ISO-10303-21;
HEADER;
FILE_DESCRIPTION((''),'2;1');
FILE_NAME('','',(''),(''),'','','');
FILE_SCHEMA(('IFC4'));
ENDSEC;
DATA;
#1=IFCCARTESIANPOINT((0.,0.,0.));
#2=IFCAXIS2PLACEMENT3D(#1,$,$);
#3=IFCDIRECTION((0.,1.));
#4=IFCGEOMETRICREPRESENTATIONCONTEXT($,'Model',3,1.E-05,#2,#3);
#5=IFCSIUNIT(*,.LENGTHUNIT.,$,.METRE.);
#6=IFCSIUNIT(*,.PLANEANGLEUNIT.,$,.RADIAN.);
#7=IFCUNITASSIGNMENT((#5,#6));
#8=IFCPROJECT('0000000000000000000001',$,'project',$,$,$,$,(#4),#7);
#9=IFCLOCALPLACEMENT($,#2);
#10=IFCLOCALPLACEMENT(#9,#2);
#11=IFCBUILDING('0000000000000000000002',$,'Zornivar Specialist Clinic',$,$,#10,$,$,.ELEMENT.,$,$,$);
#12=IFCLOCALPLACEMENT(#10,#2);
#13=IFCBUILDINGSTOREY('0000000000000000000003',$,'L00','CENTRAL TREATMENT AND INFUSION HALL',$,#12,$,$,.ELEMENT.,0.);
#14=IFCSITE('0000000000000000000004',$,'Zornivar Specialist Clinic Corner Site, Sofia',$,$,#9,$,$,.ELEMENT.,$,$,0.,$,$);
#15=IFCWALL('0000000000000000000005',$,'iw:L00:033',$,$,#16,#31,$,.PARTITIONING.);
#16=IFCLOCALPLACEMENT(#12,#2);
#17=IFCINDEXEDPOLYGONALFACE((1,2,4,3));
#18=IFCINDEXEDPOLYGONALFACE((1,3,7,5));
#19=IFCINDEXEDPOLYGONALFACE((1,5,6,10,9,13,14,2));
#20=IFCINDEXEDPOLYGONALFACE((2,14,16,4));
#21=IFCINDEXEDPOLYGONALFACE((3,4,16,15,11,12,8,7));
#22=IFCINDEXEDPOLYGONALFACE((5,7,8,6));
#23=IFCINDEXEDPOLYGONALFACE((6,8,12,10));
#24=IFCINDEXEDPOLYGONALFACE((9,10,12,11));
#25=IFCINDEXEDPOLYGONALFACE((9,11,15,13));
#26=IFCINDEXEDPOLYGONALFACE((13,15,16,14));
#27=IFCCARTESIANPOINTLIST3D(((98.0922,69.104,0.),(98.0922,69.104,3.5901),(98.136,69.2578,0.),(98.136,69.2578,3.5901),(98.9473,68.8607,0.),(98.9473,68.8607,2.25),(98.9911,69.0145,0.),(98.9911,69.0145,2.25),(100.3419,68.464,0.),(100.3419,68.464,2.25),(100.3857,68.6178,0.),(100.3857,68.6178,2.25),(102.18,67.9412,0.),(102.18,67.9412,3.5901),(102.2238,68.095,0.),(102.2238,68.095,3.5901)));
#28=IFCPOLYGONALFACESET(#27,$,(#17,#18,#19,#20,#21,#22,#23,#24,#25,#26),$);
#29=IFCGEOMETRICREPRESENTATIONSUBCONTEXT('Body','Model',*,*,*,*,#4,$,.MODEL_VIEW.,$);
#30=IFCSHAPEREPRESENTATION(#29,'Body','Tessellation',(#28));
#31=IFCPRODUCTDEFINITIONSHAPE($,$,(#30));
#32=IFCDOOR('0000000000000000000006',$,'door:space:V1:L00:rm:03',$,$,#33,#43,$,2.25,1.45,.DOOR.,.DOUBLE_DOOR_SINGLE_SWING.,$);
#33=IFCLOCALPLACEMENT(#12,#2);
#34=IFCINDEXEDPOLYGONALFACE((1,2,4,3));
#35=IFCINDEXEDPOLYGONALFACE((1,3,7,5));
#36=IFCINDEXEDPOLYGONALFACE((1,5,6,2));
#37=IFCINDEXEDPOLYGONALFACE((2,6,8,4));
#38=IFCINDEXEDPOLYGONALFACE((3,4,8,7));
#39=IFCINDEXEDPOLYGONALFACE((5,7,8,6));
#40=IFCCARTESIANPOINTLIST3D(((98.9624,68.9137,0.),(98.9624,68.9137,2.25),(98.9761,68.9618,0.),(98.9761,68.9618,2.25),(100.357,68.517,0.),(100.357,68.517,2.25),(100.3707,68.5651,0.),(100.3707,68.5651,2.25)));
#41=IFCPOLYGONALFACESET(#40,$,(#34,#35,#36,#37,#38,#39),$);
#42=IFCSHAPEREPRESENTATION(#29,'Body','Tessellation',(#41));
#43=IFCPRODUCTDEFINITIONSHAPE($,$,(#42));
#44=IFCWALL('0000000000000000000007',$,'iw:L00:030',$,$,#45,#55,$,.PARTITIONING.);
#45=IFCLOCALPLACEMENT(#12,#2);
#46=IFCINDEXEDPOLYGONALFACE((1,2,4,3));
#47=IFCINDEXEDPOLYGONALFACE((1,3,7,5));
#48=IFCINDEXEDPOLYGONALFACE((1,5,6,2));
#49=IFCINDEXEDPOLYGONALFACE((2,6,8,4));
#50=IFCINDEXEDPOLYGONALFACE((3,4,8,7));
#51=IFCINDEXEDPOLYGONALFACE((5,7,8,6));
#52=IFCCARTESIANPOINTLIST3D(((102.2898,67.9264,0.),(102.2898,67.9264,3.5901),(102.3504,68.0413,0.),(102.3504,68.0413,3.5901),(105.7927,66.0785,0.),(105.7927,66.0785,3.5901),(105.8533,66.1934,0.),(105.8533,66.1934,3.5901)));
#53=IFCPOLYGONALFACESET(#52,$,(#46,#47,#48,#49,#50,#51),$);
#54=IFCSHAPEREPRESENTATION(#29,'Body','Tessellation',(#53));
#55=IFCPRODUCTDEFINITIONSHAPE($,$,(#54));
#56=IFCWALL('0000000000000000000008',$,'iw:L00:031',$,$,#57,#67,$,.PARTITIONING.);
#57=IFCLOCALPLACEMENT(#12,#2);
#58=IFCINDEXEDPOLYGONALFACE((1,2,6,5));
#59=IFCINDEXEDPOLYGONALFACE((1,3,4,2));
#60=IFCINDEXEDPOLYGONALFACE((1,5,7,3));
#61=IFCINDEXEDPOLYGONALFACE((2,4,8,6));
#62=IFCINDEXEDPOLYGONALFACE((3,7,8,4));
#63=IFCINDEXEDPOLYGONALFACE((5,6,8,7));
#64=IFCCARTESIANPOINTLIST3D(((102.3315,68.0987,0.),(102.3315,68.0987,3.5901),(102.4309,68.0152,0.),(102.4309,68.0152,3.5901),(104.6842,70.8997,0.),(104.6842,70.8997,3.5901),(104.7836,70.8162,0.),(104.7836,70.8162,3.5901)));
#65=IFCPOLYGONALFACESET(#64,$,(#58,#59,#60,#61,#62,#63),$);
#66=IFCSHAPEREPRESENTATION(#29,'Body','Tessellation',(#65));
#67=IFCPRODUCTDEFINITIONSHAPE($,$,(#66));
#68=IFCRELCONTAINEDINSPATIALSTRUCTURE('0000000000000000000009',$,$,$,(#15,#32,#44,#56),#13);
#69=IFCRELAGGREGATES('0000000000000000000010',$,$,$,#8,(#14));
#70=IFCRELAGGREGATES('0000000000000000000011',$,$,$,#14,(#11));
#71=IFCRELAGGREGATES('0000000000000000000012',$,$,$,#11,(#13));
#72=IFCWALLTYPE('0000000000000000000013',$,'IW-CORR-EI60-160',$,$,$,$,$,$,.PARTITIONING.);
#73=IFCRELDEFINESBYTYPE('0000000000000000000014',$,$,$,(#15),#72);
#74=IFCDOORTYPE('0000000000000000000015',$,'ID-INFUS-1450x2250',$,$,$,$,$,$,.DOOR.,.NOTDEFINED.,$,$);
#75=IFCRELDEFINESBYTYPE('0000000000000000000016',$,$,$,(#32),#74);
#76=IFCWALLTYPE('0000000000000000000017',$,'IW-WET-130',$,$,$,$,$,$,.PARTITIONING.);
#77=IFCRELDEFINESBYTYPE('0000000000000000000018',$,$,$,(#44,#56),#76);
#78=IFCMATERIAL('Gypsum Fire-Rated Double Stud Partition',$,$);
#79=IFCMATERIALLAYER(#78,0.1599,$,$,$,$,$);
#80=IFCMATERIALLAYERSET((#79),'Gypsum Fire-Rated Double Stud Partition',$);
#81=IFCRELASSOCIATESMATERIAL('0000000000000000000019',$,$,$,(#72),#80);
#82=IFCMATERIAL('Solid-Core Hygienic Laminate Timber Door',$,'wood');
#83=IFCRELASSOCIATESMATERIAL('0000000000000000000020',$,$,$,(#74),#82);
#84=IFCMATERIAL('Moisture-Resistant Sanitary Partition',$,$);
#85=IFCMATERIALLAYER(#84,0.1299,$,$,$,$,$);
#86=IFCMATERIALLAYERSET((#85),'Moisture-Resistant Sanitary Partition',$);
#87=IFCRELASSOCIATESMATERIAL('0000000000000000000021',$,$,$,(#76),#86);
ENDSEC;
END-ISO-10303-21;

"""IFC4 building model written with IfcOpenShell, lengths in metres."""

from ifc_helpers import new_model, si_unit, direction, frame, frame_2d, origin, place, context, subcontext, project, spatial, rectangle, extrude, material, layer, layer_set, type_object, element, fill, save


model = new_model("IFC4")

# Units and contexts
model_context = context("Model", 3, precision=1e-05, world=origin(), true_north=direction((0.0, 1.0)))
body_context = subcontext(model_context, "Body", "Model", "MODEL_VIEW")
ifc_project = project(units=[si_unit("LENGTHUNIT", "METRE"), si_unit("PLANEANGLEUNIT", "RADIAN")], contexts=[model_context])

# Site, building, storey
site_placement = place(None, origin())
site = spatial("IfcSite", under=ifc_project, at=site_placement, Name="Zornivar Specialist Clinic Corner Site, Sofia", CompositionType="ELEMENT", RefElevation=0.0)
building_placement = place(site_placement, origin())
building = spatial("IfcBuilding", under=site, at=building_placement, Name="Zornivar Specialist Clinic", CompositionType="ELEMENT")
storey_placement = place(building_placement, origin())
storey = spatial("IfcBuildingStorey", under=building, at=storey_placement, Name="L00", Description="CENTRAL TREATMENT AND INFUSION HALL", CompositionType="ELEMENT", Elevation=0.0)

# Shared definitions
ifc_material_1 = material(Name="Gypsum Fire-Rated Double Stud Partition")
ifc_layer_1 = layer(ifc_material_1, 0.1599)
ifc_layer_set_1 = layer_set([ifc_layer_1], Name="Gypsum Fire-Rated Double Stud Partition")
wall_type_1 = type_object("IfcWallType", Name="IW-CORR-EI60-160", PredefinedType="PARTITIONING", material=ifc_layer_set_1)

# Wall, opening, door
wall_1_placement = place(storey_placement, frame((102.2019, 68.0181, 0.0), z_axis=(0.0, 0.0, 1.0), x_axis=(-0.961842, 0.273606, 0.0)))
wall_1 = element("IfcWall", 1, at=wall_1_placement, inside=storey, type_object=wall_type_1, Name="iw:L00:033", PredefinedType="PARTITIONING", context=body_context, shape_type="SweptSolid", body=[
    extrude(rectangle(XDim=4.25, YDim=0.1599, at=frame_2d((2.125, 0.0))), origin(), (0.0, 0.0, 1.0), 3.5901),
])
opening_1_placement = place(wall_1_placement, frame((1.9109, 0.0, 0.0)))
opening_1 = element("IfcOpeningElement", 2, at=opening_1_placement, cuts=wall_1, PredefinedType="OPENING", context=body_context, shape_type="SweptSolid", body=[
    extrude(rectangle(XDim=1.45, YDim=2.25, at=frame_2d((0.7251, 1.125))), frame((0.0, 0.0898, 0.0), z_axis=(0.0, -1.0, 0.0), x_axis=(1.0, 0.0, 0.0)), (0.0, 0.0, 1.0), 0.1799),
])
ifc_material_2 = material(Name="Solid-Core Hygienic Laminate Timber Door", Category="wood")
door_type_1 = type_object("IfcDoorType", Name="ID-INFUS-1450x2250", OperationType="NOTDEFINED", PredefinedType="DOOR", material=ifc_material_2)
door_1_placement = place(opening_1_placement, origin())
door_1 = element("IfcDoor", 3, at=door_1_placement, inside=storey, type_object=door_type_1, Name="door:space:V1:L00:rm:03", OperationType="DOUBLE_DOOR_SINGLE_SWING", OverallHeight=2.25, OverallWidth=1.45, PredefinedType="DOOR", context=body_context, shape_type="SweptSolid", body=[
    extrude(rectangle(XDim=1.45, YDim=2.25, at=frame_2d((0.7251, 1.125))), frame((0.0, 0.0249, 0.0), z_axis=(0.0, -1.0, 0.0), x_axis=(1.0, 0.0, 0.0)), (0.0, 0.0, 1.0), 0.05),
])
fill(opening_1, door_1)

# Walls
ifc_material_3 = material(Name="Moisture-Resistant Sanitary Partition")
ifc_layer_2 = layer(ifc_material_3, 0.1299)
ifc_layer_set_2 = layer_set([ifc_layer_2], Name="Moisture-Resistant Sanitary Partition")
wall_type_2 = type_object("IfcWallType", Name="IW-WET-130", PredefinedType="PARTITIONING", material=ifc_layer_set_2)
wall_2_placement = place(storey_placement, frame((105.823, 66.136, 0.0), z_axis=(0.0, 0.0, 1.0), x_axis=(-0.884475, 0.466587, 0.0)))
element("IfcWall", 4, at=wall_2_placement, inside=storey, type_object=wall_type_2, Name="iw:L00:030", PredefinedType="PARTITIONING", context=body_context, shape_type="SweptSolid", body=[
    extrude(rectangle(XDim=3.9604, YDim=0.1299, at=frame_2d((1.9802, 0.0))), origin(), (0.0, 0.0, 1.0), 3.5901),
])
wall_3_placement = place(storey_placement, frame((102.3811, 68.0569, 0.0), z_axis=(0.0, 0.0, 1.0), x_axis=(0.64318, 0.765715, 0.0)))
element("IfcWall", 5, at=wall_3_placement, inside=storey, type_object=wall_type_2, Name="iw:L00:031", PredefinedType="PARTITIONING", context=body_context, shape_type="SweptSolid", body=[
    extrude(rectangle(XDim=3.658, YDim=0.1299, at=frame_2d((1.8291, 0.0))), origin(), (0.0, 0.0, 1.0), 3.5901),
])

save(model, "model.ifc")
